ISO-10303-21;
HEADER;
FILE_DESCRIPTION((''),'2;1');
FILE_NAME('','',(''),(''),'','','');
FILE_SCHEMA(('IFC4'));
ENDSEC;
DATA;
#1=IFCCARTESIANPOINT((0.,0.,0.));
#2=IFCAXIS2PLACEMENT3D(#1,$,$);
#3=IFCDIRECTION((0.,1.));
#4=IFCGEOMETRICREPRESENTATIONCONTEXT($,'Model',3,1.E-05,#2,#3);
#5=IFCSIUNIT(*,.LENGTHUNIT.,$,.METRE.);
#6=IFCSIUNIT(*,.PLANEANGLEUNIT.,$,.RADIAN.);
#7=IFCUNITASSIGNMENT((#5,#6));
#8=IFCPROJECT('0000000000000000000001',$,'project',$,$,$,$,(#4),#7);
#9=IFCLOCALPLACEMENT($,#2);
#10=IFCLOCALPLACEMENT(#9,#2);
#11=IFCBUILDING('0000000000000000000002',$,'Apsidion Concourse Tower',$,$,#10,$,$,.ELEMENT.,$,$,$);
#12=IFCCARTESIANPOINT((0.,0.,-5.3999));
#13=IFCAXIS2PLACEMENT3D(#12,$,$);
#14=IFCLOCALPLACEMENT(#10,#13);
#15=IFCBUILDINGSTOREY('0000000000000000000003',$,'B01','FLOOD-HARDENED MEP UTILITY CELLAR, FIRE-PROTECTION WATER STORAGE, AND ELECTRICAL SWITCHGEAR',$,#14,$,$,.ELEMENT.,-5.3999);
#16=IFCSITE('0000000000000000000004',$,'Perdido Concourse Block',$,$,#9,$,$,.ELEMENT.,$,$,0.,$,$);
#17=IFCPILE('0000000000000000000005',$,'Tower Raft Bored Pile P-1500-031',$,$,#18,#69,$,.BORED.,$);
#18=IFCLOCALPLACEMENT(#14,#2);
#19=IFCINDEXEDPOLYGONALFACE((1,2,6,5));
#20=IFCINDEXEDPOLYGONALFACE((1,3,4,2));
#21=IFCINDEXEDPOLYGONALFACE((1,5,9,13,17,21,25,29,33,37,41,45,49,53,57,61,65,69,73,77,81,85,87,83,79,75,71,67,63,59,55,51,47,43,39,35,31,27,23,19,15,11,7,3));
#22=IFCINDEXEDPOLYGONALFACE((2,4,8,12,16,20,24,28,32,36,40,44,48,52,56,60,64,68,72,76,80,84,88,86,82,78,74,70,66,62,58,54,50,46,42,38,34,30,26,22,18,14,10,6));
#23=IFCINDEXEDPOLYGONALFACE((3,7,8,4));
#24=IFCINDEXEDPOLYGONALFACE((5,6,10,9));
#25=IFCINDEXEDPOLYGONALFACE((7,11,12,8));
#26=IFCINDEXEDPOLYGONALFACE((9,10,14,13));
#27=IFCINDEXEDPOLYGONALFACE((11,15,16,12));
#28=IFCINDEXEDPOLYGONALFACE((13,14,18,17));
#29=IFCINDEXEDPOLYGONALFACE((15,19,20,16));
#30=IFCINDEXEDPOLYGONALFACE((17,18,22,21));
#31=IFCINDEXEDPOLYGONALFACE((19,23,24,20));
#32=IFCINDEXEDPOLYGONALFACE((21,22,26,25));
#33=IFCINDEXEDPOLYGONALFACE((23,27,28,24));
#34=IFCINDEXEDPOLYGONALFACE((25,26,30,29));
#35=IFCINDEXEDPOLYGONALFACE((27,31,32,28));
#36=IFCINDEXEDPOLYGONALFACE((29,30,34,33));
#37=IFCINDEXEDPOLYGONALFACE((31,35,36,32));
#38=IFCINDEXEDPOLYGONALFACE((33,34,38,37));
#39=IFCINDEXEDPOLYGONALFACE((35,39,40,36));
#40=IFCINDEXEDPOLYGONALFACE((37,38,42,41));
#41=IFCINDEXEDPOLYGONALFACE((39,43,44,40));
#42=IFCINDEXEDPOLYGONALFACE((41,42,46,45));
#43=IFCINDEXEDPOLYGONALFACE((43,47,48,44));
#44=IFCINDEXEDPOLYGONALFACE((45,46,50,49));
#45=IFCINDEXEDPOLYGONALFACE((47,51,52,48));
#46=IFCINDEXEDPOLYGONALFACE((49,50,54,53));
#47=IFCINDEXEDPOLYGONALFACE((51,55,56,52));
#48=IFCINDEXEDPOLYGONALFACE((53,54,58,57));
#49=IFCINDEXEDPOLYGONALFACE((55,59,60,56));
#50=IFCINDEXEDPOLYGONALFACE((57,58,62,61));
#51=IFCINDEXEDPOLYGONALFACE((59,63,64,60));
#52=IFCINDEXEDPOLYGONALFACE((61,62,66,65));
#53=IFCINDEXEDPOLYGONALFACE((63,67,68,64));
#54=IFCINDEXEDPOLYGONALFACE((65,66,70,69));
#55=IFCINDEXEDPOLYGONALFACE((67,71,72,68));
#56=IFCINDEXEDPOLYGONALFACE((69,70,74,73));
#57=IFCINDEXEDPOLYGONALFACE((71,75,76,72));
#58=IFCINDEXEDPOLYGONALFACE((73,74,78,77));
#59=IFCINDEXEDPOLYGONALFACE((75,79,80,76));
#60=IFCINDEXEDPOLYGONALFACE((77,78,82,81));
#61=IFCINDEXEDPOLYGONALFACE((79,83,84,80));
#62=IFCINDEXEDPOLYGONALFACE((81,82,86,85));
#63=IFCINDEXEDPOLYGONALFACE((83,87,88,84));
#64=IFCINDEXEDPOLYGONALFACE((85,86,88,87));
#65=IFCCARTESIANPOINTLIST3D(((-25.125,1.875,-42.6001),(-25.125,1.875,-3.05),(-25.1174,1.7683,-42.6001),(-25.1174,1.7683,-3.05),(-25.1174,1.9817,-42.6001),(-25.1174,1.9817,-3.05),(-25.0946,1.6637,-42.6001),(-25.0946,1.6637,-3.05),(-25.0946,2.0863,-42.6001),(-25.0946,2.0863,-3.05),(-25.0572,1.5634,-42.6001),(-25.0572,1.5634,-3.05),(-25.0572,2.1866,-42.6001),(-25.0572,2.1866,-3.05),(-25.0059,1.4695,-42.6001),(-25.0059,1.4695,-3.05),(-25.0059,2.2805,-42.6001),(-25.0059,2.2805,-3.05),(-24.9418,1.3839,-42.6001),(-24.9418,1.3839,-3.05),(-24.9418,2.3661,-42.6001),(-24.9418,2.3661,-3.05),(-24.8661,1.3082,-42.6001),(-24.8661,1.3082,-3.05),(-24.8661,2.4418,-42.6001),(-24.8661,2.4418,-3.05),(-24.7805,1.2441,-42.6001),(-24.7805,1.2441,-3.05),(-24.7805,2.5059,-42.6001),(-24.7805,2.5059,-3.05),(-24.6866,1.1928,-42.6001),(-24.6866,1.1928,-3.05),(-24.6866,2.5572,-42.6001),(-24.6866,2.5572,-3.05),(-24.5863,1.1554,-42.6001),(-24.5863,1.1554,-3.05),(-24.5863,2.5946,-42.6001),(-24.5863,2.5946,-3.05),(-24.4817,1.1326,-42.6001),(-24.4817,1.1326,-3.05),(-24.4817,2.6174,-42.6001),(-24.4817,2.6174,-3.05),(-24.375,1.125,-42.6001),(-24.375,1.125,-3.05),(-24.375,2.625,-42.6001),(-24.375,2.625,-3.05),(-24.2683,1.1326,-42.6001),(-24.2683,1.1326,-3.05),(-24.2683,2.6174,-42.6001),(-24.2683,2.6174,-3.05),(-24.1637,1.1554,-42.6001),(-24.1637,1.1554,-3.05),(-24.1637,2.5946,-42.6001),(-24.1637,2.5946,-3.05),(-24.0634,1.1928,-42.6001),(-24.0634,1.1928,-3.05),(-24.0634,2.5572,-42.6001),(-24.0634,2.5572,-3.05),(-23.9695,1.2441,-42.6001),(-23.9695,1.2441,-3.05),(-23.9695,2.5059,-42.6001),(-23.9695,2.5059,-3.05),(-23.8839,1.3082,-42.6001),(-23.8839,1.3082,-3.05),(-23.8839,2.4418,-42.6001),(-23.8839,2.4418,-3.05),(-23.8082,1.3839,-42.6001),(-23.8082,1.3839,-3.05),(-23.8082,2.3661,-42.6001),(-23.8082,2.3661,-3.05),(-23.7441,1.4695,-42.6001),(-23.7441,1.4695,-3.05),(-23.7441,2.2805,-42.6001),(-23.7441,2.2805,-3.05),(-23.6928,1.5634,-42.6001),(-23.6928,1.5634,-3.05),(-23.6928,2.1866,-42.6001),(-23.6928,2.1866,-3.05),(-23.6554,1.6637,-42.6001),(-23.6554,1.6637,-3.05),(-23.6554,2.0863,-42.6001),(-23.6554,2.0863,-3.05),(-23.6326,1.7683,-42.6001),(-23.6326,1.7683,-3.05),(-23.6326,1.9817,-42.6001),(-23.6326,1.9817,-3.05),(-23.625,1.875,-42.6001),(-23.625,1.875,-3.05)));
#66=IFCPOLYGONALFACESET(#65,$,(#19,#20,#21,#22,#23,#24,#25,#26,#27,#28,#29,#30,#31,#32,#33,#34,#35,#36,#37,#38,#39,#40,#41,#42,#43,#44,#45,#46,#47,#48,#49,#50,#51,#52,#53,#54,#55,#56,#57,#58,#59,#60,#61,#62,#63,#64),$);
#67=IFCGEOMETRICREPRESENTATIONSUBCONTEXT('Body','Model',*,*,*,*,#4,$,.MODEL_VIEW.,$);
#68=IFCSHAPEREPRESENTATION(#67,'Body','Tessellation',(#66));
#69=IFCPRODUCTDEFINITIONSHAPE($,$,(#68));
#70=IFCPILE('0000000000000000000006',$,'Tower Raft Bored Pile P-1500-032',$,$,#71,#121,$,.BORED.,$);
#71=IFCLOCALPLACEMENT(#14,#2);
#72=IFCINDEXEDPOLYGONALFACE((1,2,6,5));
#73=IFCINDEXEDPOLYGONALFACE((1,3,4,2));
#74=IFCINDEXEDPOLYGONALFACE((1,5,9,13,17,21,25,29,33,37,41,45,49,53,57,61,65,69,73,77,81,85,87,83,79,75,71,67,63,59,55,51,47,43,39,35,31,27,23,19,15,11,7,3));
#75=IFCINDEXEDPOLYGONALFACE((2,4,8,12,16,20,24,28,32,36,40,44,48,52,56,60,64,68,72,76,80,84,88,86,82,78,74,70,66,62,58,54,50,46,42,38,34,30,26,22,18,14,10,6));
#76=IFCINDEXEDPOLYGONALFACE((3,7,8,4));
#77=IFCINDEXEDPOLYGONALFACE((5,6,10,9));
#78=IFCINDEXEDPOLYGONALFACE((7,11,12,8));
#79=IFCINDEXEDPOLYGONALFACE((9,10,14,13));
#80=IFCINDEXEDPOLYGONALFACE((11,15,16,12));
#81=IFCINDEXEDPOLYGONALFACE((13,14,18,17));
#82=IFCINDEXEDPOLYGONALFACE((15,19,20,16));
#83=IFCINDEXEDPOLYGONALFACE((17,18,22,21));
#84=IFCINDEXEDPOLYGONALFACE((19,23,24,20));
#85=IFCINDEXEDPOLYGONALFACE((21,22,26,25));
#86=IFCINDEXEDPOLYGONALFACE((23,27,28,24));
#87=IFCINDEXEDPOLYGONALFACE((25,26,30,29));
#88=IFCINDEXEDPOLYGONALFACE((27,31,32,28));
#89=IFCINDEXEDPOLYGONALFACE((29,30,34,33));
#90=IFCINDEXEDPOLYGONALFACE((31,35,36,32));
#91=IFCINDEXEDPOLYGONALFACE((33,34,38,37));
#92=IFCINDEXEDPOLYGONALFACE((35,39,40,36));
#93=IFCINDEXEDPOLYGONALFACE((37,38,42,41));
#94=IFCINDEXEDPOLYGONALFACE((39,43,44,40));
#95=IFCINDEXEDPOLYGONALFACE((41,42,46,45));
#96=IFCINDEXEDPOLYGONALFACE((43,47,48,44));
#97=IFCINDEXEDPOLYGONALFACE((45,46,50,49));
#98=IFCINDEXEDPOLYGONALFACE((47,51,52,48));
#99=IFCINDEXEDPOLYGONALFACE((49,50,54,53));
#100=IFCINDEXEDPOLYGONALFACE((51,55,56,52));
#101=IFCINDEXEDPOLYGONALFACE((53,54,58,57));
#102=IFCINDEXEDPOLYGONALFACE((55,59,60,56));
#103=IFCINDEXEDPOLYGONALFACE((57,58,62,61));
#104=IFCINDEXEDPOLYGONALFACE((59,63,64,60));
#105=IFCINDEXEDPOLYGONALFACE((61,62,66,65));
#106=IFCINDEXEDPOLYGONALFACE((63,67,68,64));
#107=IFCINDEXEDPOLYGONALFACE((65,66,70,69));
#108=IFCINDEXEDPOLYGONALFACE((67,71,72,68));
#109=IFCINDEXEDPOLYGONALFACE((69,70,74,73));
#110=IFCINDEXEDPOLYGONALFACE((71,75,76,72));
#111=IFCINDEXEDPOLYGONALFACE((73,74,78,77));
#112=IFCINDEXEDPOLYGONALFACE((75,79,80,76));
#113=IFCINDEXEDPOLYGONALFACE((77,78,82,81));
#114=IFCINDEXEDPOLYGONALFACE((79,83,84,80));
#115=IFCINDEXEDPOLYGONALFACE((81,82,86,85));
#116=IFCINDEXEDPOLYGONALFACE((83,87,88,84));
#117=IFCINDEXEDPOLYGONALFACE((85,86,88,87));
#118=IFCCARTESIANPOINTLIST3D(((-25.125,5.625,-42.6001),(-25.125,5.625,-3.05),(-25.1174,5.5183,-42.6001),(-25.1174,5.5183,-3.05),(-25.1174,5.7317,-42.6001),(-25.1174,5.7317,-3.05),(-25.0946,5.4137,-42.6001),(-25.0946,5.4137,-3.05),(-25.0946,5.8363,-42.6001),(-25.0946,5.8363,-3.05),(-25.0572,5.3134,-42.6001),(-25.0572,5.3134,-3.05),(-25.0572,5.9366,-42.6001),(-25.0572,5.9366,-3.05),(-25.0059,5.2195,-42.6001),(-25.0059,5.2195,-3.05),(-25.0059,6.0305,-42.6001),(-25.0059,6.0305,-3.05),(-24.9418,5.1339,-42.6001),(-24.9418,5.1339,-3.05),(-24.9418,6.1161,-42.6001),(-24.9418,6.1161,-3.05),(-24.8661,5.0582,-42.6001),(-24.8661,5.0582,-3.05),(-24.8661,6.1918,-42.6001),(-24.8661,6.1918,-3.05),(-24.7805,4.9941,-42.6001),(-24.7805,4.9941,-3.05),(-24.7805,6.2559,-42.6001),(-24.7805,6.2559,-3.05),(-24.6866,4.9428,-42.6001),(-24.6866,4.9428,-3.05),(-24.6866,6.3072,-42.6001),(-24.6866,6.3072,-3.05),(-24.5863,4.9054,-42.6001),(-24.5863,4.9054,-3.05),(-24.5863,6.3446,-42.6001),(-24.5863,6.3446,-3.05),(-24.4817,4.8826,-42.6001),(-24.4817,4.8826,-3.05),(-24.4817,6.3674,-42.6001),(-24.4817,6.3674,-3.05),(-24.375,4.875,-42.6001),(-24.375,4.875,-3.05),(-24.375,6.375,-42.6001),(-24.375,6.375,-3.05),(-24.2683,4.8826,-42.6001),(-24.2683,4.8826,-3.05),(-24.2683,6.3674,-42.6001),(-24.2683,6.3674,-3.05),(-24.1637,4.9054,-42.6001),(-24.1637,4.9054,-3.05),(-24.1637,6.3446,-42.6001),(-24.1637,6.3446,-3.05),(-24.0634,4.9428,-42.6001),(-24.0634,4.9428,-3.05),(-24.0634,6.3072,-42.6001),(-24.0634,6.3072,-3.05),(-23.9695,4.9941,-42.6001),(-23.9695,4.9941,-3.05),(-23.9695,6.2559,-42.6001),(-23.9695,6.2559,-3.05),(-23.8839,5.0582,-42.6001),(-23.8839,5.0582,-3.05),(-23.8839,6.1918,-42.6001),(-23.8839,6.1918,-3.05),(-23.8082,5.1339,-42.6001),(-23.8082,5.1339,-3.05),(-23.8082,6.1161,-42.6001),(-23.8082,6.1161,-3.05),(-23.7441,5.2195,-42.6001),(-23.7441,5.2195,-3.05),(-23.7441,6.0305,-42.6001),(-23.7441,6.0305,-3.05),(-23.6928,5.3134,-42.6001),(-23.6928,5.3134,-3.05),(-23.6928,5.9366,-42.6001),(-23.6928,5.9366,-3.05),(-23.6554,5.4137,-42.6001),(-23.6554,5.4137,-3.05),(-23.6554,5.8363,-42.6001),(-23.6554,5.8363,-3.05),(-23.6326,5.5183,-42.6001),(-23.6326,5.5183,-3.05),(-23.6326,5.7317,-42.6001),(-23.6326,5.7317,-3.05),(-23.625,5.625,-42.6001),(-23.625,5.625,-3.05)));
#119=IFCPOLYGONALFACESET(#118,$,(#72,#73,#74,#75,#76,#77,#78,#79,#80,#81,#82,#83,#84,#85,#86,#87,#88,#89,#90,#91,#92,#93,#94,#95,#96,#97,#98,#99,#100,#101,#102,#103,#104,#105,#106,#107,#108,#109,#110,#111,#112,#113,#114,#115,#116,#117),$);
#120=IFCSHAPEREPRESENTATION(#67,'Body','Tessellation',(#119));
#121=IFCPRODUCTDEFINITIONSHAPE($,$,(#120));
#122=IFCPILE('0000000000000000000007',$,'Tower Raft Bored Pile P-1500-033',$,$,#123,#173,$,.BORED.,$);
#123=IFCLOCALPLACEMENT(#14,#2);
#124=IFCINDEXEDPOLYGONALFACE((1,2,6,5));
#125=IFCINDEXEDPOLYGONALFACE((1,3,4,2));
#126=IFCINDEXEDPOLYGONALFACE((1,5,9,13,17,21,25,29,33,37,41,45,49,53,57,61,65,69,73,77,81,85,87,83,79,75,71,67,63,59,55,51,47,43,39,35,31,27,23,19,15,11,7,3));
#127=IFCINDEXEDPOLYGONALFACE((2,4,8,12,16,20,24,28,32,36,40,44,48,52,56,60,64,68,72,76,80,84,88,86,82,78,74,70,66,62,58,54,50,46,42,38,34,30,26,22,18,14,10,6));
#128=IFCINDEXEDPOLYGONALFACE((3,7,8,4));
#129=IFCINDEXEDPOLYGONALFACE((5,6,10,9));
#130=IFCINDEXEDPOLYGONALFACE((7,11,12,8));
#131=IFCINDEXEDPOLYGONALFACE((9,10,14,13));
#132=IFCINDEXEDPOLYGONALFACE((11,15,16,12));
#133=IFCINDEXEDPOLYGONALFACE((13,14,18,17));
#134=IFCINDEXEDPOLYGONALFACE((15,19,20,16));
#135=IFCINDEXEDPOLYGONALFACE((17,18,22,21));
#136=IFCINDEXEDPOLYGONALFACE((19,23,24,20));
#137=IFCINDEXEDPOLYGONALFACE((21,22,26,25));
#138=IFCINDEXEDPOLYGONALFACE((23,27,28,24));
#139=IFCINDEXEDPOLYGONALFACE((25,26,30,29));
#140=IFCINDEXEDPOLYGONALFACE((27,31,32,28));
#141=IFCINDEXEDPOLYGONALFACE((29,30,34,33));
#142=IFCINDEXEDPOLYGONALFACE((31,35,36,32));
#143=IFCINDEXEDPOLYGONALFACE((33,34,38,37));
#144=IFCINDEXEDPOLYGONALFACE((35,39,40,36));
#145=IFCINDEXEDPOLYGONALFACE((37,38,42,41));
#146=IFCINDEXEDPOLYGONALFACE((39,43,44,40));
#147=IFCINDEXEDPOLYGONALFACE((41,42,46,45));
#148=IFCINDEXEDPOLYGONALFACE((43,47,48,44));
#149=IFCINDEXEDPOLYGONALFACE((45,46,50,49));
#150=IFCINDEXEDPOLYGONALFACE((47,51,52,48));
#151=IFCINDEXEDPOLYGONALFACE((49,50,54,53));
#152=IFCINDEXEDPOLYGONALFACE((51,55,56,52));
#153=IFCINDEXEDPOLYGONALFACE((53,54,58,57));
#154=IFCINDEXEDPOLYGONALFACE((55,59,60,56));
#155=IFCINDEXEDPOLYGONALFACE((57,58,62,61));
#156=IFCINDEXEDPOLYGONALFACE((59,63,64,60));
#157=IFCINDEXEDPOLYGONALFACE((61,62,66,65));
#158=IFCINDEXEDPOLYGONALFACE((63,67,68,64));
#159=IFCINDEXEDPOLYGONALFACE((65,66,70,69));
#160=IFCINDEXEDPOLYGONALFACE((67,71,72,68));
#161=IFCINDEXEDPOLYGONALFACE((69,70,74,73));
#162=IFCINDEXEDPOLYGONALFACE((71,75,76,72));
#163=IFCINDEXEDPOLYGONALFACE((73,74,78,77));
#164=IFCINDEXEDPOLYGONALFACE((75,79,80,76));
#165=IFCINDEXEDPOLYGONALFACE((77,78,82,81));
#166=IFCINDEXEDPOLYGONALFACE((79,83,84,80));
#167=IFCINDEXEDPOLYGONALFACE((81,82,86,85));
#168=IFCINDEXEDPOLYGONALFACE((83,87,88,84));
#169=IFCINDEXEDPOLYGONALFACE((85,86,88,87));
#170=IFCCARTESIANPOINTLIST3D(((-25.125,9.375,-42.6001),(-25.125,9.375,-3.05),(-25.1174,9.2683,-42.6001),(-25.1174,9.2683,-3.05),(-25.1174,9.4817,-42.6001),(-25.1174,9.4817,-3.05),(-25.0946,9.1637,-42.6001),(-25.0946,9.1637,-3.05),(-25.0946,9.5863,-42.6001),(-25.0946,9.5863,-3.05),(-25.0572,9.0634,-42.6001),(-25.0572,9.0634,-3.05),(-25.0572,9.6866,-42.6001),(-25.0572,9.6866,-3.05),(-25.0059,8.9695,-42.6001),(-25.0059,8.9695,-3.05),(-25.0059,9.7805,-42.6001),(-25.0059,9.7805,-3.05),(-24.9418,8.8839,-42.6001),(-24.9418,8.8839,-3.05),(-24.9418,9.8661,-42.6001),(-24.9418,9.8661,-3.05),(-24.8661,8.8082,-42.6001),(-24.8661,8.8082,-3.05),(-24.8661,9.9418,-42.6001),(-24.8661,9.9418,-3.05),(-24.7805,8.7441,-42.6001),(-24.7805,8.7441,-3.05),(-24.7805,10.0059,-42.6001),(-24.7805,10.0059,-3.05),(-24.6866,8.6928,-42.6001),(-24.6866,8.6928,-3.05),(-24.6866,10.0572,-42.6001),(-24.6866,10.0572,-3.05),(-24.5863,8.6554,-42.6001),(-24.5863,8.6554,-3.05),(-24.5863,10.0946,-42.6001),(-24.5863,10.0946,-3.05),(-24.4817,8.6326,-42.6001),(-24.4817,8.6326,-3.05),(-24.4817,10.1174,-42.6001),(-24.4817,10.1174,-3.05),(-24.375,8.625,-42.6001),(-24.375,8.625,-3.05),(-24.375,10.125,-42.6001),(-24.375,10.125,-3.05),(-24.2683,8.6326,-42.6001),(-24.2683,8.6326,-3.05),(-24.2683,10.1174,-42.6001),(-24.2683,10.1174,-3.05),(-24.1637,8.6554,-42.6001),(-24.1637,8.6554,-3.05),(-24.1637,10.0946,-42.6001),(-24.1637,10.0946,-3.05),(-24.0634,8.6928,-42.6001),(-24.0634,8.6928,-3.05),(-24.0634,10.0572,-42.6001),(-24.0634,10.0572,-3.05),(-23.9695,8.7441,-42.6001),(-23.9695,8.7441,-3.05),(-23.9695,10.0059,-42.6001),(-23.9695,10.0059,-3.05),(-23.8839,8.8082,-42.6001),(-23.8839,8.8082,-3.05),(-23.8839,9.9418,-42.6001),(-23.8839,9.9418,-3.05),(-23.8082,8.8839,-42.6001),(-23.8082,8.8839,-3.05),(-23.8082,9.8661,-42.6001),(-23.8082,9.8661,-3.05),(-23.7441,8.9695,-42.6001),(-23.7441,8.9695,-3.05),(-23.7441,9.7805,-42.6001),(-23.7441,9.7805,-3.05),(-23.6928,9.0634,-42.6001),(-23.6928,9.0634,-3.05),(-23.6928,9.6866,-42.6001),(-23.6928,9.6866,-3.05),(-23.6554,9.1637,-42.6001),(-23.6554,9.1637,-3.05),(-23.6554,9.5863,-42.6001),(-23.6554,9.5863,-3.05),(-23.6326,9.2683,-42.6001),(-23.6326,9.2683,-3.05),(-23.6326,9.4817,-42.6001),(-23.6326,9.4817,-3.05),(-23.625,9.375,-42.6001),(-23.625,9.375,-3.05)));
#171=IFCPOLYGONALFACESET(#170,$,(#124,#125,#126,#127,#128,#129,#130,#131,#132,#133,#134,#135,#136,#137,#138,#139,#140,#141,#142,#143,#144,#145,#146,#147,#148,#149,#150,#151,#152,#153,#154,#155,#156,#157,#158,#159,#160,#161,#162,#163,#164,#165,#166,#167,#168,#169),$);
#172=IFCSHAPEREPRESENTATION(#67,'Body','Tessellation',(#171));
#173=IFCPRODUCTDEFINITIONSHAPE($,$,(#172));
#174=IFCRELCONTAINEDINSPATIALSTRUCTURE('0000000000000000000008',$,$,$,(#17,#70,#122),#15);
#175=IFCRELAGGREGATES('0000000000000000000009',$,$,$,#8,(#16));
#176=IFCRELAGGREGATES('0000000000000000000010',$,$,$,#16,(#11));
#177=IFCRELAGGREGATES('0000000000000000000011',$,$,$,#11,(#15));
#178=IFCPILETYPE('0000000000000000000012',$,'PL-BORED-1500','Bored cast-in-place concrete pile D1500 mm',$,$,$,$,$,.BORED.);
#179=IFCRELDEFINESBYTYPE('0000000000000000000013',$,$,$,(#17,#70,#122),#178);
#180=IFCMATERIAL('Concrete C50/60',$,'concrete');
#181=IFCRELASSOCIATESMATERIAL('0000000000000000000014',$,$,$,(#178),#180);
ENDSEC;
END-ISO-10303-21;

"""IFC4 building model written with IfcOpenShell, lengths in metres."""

from ifc_helpers import new_model, si_unit, direction, frame, origin, origin_2d, place, context, subcontext, project, spatial, circle, extrude, material, material_profile, profile_set, type_object, element, save


model = new_model("IFC4")

# Units and contexts
model_context = context("Model", 3, precision=1e-05, world=origin(), true_north=direction((0.0, 1.0)))
body_context = subcontext(model_context, "Body", "Model", "MODEL_VIEW")
ifc_project = project(units=[si_unit("LENGTHUNIT", "METRE"), si_unit("PLANEANGLEUNIT", "RADIAN")], contexts=[model_context])

# Site, building, storey
site_placement = place(None, origin())
site = spatial("IfcSite", under=ifc_project, at=site_placement, Name="Perdido Concourse Block", CompositionType="ELEMENT", RefElevation=0.0)
building_placement = place(site_placement, origin())
building = spatial("IfcBuilding", under=site, at=building_placement, Name="Apsidion Concourse Tower", CompositionType="ELEMENT")
storey_placement = place(building_placement, frame((0.0, 0.0, -5.3999)))
storey = spatial("IfcBuildingStorey", under=building, at=storey_placement, Name="B01", Description="FLOOD-HARDENED MEP UTILITY CELLAR, FIRE-PROTECTION WATER STORAGE, AND ELECTRICAL SWITCHGEAR", CompositionType="ELEMENT", Elevation=-5.3999)

# Shared definitions
ifc_material_1 = material(Name="Concrete C50/60", Category="concrete")

# Piles
ifc_material_profile_1 = material_profile(ifc_material_1, circle(Radius=0.75, at=origin_2d()), Name="BORED PILE D1500")
ifc_profile_set_1 = profile_set([ifc_material_profile_1], Name="Concrete C50/60")
pile_type_1 = type_object("IfcPileType", Name="PL-BORED-1500", Description="Bored cast-in-place concrete pile D1500 mm", PredefinedType="BORED", material=ifc_profile_set_1)
for number, where, z_axis, x_axis, name in (
    (1, (-24.375, 1.875, -3.05), (0.0, 0.0, -1.0), (1.0, 0.0, 0.0), "Tower Raft Bored Pile P-1500-031"),
    (2, (-24.375, 5.625, -3.05), (0.0, 0.0, -1.0), (1.0, 0.0, 0.0), "Tower Raft Bored Pile P-1500-032"),
    (3, (-24.375, 9.375, -3.05), (0.0, 0.0, -1.0), (1.0, 0.0, 0.0), "Tower Raft Bored Pile P-1500-033"),
):
    element("IfcPile", number, at=place(storey_placement, frame(where, z_axis=z_axis, x_axis=x_axis)), inside=storey, type_object=pile_type_1, Name=name, PredefinedType="BORED", context=body_context, shape_type="SweptSolid", body=[
        extrude(circle(Radius=0.75, at=origin_2d()), origin(), (0.0, 0.0, 1.0), 39.55),
    ])

save(model, "model.ifc")
